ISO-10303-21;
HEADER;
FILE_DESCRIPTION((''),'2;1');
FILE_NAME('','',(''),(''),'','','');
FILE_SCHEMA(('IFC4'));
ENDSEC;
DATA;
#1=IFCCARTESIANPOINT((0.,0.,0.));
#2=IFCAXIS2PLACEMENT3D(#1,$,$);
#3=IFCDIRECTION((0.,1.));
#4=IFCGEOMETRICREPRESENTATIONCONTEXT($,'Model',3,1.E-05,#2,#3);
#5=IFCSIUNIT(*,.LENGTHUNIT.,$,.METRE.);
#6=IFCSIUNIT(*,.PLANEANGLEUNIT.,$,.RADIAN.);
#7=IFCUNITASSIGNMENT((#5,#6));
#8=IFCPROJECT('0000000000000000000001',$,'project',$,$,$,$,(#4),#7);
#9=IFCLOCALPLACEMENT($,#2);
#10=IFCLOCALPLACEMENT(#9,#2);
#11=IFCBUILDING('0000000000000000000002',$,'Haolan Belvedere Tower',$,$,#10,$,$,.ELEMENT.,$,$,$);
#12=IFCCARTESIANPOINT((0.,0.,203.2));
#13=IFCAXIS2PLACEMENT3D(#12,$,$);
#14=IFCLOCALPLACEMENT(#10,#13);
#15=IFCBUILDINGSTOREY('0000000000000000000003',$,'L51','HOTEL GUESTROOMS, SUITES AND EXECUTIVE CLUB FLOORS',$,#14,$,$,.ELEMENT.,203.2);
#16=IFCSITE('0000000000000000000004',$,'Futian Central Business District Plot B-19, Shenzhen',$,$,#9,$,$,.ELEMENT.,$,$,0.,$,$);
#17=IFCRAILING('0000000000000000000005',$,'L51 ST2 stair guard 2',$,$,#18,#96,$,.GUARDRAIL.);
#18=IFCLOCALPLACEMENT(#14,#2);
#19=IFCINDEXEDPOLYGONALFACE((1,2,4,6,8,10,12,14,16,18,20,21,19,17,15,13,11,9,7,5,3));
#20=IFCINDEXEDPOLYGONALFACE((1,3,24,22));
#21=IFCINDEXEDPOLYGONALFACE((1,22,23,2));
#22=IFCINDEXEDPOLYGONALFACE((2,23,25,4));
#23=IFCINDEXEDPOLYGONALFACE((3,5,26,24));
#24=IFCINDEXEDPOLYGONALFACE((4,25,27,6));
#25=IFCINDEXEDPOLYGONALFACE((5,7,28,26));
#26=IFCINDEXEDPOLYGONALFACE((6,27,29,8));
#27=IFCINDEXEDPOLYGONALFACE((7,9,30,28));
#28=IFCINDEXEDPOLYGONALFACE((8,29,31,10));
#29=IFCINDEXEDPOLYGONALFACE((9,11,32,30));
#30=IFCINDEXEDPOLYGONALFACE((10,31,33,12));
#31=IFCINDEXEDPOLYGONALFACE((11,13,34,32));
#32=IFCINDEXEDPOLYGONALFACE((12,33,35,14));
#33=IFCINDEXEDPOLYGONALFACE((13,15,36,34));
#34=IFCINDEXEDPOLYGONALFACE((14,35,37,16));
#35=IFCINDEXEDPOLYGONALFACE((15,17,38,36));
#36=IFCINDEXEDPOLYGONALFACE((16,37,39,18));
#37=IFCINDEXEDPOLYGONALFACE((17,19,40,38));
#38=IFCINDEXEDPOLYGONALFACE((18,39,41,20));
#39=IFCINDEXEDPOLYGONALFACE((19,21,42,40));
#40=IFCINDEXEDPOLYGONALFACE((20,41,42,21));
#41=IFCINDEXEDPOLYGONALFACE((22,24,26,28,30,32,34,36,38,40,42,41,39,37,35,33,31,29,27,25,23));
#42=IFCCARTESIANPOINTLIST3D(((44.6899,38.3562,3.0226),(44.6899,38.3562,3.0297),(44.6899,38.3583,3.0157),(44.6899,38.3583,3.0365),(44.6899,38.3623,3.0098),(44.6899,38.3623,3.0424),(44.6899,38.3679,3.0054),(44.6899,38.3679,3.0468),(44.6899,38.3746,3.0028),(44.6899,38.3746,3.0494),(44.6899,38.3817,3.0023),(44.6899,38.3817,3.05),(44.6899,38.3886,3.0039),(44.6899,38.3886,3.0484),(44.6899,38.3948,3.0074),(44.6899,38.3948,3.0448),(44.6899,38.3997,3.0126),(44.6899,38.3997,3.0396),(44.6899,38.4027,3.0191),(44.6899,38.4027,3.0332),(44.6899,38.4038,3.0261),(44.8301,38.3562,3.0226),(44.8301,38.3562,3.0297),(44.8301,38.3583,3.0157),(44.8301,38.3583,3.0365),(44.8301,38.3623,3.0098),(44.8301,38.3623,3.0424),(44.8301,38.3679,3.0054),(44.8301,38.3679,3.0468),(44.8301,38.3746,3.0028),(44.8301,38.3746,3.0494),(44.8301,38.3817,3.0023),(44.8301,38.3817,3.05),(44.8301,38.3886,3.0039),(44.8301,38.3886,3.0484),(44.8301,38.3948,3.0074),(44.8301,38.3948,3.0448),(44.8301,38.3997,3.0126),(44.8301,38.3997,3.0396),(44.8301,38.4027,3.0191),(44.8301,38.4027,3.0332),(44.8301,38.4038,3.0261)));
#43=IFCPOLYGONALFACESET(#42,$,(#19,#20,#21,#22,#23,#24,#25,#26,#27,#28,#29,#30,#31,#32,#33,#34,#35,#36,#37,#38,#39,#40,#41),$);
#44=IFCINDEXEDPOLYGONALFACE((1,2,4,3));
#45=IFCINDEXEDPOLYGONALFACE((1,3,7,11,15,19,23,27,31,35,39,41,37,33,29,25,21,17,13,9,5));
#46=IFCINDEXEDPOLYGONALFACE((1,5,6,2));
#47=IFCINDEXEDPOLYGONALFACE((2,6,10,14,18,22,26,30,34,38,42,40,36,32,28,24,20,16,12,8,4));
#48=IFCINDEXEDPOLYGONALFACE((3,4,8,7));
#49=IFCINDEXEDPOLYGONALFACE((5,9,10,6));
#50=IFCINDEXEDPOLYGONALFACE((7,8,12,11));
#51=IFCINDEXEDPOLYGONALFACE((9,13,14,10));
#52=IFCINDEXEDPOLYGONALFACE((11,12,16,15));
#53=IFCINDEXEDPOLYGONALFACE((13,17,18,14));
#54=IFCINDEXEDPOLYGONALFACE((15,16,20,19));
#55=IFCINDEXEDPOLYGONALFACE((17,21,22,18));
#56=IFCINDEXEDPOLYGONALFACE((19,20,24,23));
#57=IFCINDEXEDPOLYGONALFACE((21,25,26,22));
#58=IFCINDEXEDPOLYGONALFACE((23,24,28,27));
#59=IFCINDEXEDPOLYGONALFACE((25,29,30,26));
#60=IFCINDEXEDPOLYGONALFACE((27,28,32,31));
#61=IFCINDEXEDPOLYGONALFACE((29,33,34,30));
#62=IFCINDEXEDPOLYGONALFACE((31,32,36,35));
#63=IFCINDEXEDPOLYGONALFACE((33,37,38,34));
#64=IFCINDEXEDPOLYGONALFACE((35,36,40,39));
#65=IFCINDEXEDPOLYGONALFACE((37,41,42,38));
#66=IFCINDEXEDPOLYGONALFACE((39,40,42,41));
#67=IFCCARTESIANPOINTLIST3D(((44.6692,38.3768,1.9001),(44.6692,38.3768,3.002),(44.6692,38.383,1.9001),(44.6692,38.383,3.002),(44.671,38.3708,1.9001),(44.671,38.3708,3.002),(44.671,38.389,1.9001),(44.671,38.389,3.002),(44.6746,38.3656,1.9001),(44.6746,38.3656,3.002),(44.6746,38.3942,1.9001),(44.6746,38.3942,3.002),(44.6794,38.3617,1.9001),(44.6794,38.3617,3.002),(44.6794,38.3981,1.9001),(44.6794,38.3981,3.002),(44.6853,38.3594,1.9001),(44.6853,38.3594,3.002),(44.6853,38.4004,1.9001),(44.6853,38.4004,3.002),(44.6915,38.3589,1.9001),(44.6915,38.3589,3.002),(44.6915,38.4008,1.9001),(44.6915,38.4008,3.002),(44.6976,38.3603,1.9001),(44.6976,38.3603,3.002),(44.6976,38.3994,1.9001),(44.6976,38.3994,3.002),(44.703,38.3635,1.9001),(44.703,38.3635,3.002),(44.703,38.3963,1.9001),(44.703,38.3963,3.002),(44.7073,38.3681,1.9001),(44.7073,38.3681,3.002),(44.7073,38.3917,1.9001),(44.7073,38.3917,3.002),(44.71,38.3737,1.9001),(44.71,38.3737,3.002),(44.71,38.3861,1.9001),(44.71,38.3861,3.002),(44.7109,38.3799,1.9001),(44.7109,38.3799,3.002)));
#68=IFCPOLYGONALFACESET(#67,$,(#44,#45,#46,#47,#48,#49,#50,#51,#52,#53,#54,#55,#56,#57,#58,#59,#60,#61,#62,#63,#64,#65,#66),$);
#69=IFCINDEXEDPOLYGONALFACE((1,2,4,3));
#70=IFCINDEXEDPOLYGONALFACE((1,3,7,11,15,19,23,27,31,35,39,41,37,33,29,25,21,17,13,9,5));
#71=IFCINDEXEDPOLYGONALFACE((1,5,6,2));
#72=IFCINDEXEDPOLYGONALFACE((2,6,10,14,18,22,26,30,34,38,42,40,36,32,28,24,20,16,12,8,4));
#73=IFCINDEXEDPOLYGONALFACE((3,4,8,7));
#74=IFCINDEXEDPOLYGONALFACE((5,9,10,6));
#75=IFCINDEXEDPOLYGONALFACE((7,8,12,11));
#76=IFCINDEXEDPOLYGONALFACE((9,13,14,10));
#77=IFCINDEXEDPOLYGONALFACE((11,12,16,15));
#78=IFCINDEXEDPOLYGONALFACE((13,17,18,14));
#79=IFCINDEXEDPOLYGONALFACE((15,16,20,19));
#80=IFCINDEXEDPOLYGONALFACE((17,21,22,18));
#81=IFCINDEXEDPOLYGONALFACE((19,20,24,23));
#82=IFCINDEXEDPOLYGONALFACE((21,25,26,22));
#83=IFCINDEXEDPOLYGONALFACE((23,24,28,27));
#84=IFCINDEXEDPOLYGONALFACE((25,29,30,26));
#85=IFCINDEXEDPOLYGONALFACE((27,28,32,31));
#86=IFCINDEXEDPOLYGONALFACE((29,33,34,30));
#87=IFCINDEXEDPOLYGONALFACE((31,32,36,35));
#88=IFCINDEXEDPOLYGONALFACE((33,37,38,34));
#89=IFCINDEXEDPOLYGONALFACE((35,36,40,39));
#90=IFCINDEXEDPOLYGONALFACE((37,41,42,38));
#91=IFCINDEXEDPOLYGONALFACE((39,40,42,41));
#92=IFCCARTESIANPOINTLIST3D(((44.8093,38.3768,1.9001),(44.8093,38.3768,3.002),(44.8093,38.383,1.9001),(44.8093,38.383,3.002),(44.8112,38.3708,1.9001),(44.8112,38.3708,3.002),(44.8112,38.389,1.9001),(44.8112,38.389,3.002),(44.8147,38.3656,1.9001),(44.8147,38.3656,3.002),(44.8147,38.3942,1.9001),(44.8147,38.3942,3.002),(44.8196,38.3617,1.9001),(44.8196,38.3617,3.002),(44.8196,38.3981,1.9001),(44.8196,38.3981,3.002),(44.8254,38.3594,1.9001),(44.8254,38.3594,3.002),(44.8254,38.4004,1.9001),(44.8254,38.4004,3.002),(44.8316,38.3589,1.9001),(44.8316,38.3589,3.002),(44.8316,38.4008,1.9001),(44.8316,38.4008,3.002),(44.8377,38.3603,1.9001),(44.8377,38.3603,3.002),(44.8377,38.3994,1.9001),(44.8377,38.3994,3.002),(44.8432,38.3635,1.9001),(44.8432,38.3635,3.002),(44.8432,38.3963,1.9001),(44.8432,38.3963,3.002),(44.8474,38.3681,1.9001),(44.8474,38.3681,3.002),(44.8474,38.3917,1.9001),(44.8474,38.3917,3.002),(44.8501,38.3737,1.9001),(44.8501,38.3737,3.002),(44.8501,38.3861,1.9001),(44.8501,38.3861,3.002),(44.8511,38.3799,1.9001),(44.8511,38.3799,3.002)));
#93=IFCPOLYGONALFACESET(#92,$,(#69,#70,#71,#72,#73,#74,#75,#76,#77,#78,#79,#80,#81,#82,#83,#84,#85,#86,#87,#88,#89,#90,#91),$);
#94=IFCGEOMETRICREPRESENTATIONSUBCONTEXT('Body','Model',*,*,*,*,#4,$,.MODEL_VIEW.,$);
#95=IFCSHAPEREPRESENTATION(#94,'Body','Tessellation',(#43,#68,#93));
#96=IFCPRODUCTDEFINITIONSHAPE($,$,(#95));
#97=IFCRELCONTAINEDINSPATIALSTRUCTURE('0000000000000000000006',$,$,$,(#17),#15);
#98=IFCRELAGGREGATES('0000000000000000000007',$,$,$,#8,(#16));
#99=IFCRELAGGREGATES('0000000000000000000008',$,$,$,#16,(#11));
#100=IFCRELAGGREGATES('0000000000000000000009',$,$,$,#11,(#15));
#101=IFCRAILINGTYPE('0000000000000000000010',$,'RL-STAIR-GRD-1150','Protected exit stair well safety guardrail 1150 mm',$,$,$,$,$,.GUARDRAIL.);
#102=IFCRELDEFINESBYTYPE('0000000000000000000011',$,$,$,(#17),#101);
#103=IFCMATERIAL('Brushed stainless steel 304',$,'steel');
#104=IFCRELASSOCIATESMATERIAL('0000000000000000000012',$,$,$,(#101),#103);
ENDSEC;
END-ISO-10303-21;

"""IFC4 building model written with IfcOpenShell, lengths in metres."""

from ifc_helpers import new_model, si_unit, direction, frame, origin, origin_2d, place, context, subcontext, project, spatial, circle, extrude, material, type_object, element, save


model = new_model("IFC4")

# Units and contexts
model_context = context("Model", 3, precision=1e-05, world=origin(), true_north=direction((0.0, 1.0)))
body_context = subcontext(model_context, "Body", "Model", "MODEL_VIEW")
ifc_project = project(units=[si_unit("LENGTHUNIT", "METRE"), si_unit("PLANEANGLEUNIT", "RADIAN")], contexts=[model_context])

# Site, building, storey
site_placement = place(None, origin())
site = spatial("IfcSite", under=ifc_project, at=site_placement, Name="Futian Central Business District Plot B-19, Shenzhen", CompositionType="ELEMENT", RefElevation=0.0)
building_placement = place(site_placement, origin())
building = spatial("IfcBuilding", under=site, at=building_placement, Name="Haolan Belvedere Tower", CompositionType="ELEMENT")
storey_placement = place(building_placement, frame((0.0, 0.0, 203.2)))
storey = spatial("IfcBuildingStorey", under=building, at=storey_placement, Name="L51", Description="HOTEL GUESTROOMS, SUITES AND EXECUTIVE CLUB FLOORS", CompositionType="ELEMENT", Elevation=203.2)

# Railing
ifc_material_1 = material(Name="Brushed stainless steel 304", Category="steel")
railing_type_1 = type_object("IfcRailingType", Name="RL-STAIR-GRD-1150", Description="Protected exit stair well safety guardrail 1150 mm", PredefinedType="GUARDRAIL", material=ifc_material_1)
railing_1_placement = place(storey_placement, frame((44.6899, 38.3799, 1.9001)))
element("IfcRailing", 1, at=railing_1_placement, inside=storey, type_object=railing_type_1, Name="L51 ST2 stair guard 2", PredefinedType="GUARDRAIL", context=body_context, shape_type="SweptSolid", body=[
    extrude(circle(Radius=0.0239, at=origin_2d()), frame((0.0, 0.0, 1.126), z_axis=(1.0, 0.0, 0.0), x_axis=(0.0, 1.0, 0.0)), (0.0, 0.0, 1.0), 0.1401),
    extrude(circle(Radius=0.021, at=origin_2d()), origin(), (0.0, 0.0, 1.0), 1.1018),
    extrude(circle(Radius=0.021, at=origin_2d()), frame((0.1401, 0.0, 0.0)), (0.0, 0.0, 1.0), 1.1018),
])

save(model, "model.ifc")
